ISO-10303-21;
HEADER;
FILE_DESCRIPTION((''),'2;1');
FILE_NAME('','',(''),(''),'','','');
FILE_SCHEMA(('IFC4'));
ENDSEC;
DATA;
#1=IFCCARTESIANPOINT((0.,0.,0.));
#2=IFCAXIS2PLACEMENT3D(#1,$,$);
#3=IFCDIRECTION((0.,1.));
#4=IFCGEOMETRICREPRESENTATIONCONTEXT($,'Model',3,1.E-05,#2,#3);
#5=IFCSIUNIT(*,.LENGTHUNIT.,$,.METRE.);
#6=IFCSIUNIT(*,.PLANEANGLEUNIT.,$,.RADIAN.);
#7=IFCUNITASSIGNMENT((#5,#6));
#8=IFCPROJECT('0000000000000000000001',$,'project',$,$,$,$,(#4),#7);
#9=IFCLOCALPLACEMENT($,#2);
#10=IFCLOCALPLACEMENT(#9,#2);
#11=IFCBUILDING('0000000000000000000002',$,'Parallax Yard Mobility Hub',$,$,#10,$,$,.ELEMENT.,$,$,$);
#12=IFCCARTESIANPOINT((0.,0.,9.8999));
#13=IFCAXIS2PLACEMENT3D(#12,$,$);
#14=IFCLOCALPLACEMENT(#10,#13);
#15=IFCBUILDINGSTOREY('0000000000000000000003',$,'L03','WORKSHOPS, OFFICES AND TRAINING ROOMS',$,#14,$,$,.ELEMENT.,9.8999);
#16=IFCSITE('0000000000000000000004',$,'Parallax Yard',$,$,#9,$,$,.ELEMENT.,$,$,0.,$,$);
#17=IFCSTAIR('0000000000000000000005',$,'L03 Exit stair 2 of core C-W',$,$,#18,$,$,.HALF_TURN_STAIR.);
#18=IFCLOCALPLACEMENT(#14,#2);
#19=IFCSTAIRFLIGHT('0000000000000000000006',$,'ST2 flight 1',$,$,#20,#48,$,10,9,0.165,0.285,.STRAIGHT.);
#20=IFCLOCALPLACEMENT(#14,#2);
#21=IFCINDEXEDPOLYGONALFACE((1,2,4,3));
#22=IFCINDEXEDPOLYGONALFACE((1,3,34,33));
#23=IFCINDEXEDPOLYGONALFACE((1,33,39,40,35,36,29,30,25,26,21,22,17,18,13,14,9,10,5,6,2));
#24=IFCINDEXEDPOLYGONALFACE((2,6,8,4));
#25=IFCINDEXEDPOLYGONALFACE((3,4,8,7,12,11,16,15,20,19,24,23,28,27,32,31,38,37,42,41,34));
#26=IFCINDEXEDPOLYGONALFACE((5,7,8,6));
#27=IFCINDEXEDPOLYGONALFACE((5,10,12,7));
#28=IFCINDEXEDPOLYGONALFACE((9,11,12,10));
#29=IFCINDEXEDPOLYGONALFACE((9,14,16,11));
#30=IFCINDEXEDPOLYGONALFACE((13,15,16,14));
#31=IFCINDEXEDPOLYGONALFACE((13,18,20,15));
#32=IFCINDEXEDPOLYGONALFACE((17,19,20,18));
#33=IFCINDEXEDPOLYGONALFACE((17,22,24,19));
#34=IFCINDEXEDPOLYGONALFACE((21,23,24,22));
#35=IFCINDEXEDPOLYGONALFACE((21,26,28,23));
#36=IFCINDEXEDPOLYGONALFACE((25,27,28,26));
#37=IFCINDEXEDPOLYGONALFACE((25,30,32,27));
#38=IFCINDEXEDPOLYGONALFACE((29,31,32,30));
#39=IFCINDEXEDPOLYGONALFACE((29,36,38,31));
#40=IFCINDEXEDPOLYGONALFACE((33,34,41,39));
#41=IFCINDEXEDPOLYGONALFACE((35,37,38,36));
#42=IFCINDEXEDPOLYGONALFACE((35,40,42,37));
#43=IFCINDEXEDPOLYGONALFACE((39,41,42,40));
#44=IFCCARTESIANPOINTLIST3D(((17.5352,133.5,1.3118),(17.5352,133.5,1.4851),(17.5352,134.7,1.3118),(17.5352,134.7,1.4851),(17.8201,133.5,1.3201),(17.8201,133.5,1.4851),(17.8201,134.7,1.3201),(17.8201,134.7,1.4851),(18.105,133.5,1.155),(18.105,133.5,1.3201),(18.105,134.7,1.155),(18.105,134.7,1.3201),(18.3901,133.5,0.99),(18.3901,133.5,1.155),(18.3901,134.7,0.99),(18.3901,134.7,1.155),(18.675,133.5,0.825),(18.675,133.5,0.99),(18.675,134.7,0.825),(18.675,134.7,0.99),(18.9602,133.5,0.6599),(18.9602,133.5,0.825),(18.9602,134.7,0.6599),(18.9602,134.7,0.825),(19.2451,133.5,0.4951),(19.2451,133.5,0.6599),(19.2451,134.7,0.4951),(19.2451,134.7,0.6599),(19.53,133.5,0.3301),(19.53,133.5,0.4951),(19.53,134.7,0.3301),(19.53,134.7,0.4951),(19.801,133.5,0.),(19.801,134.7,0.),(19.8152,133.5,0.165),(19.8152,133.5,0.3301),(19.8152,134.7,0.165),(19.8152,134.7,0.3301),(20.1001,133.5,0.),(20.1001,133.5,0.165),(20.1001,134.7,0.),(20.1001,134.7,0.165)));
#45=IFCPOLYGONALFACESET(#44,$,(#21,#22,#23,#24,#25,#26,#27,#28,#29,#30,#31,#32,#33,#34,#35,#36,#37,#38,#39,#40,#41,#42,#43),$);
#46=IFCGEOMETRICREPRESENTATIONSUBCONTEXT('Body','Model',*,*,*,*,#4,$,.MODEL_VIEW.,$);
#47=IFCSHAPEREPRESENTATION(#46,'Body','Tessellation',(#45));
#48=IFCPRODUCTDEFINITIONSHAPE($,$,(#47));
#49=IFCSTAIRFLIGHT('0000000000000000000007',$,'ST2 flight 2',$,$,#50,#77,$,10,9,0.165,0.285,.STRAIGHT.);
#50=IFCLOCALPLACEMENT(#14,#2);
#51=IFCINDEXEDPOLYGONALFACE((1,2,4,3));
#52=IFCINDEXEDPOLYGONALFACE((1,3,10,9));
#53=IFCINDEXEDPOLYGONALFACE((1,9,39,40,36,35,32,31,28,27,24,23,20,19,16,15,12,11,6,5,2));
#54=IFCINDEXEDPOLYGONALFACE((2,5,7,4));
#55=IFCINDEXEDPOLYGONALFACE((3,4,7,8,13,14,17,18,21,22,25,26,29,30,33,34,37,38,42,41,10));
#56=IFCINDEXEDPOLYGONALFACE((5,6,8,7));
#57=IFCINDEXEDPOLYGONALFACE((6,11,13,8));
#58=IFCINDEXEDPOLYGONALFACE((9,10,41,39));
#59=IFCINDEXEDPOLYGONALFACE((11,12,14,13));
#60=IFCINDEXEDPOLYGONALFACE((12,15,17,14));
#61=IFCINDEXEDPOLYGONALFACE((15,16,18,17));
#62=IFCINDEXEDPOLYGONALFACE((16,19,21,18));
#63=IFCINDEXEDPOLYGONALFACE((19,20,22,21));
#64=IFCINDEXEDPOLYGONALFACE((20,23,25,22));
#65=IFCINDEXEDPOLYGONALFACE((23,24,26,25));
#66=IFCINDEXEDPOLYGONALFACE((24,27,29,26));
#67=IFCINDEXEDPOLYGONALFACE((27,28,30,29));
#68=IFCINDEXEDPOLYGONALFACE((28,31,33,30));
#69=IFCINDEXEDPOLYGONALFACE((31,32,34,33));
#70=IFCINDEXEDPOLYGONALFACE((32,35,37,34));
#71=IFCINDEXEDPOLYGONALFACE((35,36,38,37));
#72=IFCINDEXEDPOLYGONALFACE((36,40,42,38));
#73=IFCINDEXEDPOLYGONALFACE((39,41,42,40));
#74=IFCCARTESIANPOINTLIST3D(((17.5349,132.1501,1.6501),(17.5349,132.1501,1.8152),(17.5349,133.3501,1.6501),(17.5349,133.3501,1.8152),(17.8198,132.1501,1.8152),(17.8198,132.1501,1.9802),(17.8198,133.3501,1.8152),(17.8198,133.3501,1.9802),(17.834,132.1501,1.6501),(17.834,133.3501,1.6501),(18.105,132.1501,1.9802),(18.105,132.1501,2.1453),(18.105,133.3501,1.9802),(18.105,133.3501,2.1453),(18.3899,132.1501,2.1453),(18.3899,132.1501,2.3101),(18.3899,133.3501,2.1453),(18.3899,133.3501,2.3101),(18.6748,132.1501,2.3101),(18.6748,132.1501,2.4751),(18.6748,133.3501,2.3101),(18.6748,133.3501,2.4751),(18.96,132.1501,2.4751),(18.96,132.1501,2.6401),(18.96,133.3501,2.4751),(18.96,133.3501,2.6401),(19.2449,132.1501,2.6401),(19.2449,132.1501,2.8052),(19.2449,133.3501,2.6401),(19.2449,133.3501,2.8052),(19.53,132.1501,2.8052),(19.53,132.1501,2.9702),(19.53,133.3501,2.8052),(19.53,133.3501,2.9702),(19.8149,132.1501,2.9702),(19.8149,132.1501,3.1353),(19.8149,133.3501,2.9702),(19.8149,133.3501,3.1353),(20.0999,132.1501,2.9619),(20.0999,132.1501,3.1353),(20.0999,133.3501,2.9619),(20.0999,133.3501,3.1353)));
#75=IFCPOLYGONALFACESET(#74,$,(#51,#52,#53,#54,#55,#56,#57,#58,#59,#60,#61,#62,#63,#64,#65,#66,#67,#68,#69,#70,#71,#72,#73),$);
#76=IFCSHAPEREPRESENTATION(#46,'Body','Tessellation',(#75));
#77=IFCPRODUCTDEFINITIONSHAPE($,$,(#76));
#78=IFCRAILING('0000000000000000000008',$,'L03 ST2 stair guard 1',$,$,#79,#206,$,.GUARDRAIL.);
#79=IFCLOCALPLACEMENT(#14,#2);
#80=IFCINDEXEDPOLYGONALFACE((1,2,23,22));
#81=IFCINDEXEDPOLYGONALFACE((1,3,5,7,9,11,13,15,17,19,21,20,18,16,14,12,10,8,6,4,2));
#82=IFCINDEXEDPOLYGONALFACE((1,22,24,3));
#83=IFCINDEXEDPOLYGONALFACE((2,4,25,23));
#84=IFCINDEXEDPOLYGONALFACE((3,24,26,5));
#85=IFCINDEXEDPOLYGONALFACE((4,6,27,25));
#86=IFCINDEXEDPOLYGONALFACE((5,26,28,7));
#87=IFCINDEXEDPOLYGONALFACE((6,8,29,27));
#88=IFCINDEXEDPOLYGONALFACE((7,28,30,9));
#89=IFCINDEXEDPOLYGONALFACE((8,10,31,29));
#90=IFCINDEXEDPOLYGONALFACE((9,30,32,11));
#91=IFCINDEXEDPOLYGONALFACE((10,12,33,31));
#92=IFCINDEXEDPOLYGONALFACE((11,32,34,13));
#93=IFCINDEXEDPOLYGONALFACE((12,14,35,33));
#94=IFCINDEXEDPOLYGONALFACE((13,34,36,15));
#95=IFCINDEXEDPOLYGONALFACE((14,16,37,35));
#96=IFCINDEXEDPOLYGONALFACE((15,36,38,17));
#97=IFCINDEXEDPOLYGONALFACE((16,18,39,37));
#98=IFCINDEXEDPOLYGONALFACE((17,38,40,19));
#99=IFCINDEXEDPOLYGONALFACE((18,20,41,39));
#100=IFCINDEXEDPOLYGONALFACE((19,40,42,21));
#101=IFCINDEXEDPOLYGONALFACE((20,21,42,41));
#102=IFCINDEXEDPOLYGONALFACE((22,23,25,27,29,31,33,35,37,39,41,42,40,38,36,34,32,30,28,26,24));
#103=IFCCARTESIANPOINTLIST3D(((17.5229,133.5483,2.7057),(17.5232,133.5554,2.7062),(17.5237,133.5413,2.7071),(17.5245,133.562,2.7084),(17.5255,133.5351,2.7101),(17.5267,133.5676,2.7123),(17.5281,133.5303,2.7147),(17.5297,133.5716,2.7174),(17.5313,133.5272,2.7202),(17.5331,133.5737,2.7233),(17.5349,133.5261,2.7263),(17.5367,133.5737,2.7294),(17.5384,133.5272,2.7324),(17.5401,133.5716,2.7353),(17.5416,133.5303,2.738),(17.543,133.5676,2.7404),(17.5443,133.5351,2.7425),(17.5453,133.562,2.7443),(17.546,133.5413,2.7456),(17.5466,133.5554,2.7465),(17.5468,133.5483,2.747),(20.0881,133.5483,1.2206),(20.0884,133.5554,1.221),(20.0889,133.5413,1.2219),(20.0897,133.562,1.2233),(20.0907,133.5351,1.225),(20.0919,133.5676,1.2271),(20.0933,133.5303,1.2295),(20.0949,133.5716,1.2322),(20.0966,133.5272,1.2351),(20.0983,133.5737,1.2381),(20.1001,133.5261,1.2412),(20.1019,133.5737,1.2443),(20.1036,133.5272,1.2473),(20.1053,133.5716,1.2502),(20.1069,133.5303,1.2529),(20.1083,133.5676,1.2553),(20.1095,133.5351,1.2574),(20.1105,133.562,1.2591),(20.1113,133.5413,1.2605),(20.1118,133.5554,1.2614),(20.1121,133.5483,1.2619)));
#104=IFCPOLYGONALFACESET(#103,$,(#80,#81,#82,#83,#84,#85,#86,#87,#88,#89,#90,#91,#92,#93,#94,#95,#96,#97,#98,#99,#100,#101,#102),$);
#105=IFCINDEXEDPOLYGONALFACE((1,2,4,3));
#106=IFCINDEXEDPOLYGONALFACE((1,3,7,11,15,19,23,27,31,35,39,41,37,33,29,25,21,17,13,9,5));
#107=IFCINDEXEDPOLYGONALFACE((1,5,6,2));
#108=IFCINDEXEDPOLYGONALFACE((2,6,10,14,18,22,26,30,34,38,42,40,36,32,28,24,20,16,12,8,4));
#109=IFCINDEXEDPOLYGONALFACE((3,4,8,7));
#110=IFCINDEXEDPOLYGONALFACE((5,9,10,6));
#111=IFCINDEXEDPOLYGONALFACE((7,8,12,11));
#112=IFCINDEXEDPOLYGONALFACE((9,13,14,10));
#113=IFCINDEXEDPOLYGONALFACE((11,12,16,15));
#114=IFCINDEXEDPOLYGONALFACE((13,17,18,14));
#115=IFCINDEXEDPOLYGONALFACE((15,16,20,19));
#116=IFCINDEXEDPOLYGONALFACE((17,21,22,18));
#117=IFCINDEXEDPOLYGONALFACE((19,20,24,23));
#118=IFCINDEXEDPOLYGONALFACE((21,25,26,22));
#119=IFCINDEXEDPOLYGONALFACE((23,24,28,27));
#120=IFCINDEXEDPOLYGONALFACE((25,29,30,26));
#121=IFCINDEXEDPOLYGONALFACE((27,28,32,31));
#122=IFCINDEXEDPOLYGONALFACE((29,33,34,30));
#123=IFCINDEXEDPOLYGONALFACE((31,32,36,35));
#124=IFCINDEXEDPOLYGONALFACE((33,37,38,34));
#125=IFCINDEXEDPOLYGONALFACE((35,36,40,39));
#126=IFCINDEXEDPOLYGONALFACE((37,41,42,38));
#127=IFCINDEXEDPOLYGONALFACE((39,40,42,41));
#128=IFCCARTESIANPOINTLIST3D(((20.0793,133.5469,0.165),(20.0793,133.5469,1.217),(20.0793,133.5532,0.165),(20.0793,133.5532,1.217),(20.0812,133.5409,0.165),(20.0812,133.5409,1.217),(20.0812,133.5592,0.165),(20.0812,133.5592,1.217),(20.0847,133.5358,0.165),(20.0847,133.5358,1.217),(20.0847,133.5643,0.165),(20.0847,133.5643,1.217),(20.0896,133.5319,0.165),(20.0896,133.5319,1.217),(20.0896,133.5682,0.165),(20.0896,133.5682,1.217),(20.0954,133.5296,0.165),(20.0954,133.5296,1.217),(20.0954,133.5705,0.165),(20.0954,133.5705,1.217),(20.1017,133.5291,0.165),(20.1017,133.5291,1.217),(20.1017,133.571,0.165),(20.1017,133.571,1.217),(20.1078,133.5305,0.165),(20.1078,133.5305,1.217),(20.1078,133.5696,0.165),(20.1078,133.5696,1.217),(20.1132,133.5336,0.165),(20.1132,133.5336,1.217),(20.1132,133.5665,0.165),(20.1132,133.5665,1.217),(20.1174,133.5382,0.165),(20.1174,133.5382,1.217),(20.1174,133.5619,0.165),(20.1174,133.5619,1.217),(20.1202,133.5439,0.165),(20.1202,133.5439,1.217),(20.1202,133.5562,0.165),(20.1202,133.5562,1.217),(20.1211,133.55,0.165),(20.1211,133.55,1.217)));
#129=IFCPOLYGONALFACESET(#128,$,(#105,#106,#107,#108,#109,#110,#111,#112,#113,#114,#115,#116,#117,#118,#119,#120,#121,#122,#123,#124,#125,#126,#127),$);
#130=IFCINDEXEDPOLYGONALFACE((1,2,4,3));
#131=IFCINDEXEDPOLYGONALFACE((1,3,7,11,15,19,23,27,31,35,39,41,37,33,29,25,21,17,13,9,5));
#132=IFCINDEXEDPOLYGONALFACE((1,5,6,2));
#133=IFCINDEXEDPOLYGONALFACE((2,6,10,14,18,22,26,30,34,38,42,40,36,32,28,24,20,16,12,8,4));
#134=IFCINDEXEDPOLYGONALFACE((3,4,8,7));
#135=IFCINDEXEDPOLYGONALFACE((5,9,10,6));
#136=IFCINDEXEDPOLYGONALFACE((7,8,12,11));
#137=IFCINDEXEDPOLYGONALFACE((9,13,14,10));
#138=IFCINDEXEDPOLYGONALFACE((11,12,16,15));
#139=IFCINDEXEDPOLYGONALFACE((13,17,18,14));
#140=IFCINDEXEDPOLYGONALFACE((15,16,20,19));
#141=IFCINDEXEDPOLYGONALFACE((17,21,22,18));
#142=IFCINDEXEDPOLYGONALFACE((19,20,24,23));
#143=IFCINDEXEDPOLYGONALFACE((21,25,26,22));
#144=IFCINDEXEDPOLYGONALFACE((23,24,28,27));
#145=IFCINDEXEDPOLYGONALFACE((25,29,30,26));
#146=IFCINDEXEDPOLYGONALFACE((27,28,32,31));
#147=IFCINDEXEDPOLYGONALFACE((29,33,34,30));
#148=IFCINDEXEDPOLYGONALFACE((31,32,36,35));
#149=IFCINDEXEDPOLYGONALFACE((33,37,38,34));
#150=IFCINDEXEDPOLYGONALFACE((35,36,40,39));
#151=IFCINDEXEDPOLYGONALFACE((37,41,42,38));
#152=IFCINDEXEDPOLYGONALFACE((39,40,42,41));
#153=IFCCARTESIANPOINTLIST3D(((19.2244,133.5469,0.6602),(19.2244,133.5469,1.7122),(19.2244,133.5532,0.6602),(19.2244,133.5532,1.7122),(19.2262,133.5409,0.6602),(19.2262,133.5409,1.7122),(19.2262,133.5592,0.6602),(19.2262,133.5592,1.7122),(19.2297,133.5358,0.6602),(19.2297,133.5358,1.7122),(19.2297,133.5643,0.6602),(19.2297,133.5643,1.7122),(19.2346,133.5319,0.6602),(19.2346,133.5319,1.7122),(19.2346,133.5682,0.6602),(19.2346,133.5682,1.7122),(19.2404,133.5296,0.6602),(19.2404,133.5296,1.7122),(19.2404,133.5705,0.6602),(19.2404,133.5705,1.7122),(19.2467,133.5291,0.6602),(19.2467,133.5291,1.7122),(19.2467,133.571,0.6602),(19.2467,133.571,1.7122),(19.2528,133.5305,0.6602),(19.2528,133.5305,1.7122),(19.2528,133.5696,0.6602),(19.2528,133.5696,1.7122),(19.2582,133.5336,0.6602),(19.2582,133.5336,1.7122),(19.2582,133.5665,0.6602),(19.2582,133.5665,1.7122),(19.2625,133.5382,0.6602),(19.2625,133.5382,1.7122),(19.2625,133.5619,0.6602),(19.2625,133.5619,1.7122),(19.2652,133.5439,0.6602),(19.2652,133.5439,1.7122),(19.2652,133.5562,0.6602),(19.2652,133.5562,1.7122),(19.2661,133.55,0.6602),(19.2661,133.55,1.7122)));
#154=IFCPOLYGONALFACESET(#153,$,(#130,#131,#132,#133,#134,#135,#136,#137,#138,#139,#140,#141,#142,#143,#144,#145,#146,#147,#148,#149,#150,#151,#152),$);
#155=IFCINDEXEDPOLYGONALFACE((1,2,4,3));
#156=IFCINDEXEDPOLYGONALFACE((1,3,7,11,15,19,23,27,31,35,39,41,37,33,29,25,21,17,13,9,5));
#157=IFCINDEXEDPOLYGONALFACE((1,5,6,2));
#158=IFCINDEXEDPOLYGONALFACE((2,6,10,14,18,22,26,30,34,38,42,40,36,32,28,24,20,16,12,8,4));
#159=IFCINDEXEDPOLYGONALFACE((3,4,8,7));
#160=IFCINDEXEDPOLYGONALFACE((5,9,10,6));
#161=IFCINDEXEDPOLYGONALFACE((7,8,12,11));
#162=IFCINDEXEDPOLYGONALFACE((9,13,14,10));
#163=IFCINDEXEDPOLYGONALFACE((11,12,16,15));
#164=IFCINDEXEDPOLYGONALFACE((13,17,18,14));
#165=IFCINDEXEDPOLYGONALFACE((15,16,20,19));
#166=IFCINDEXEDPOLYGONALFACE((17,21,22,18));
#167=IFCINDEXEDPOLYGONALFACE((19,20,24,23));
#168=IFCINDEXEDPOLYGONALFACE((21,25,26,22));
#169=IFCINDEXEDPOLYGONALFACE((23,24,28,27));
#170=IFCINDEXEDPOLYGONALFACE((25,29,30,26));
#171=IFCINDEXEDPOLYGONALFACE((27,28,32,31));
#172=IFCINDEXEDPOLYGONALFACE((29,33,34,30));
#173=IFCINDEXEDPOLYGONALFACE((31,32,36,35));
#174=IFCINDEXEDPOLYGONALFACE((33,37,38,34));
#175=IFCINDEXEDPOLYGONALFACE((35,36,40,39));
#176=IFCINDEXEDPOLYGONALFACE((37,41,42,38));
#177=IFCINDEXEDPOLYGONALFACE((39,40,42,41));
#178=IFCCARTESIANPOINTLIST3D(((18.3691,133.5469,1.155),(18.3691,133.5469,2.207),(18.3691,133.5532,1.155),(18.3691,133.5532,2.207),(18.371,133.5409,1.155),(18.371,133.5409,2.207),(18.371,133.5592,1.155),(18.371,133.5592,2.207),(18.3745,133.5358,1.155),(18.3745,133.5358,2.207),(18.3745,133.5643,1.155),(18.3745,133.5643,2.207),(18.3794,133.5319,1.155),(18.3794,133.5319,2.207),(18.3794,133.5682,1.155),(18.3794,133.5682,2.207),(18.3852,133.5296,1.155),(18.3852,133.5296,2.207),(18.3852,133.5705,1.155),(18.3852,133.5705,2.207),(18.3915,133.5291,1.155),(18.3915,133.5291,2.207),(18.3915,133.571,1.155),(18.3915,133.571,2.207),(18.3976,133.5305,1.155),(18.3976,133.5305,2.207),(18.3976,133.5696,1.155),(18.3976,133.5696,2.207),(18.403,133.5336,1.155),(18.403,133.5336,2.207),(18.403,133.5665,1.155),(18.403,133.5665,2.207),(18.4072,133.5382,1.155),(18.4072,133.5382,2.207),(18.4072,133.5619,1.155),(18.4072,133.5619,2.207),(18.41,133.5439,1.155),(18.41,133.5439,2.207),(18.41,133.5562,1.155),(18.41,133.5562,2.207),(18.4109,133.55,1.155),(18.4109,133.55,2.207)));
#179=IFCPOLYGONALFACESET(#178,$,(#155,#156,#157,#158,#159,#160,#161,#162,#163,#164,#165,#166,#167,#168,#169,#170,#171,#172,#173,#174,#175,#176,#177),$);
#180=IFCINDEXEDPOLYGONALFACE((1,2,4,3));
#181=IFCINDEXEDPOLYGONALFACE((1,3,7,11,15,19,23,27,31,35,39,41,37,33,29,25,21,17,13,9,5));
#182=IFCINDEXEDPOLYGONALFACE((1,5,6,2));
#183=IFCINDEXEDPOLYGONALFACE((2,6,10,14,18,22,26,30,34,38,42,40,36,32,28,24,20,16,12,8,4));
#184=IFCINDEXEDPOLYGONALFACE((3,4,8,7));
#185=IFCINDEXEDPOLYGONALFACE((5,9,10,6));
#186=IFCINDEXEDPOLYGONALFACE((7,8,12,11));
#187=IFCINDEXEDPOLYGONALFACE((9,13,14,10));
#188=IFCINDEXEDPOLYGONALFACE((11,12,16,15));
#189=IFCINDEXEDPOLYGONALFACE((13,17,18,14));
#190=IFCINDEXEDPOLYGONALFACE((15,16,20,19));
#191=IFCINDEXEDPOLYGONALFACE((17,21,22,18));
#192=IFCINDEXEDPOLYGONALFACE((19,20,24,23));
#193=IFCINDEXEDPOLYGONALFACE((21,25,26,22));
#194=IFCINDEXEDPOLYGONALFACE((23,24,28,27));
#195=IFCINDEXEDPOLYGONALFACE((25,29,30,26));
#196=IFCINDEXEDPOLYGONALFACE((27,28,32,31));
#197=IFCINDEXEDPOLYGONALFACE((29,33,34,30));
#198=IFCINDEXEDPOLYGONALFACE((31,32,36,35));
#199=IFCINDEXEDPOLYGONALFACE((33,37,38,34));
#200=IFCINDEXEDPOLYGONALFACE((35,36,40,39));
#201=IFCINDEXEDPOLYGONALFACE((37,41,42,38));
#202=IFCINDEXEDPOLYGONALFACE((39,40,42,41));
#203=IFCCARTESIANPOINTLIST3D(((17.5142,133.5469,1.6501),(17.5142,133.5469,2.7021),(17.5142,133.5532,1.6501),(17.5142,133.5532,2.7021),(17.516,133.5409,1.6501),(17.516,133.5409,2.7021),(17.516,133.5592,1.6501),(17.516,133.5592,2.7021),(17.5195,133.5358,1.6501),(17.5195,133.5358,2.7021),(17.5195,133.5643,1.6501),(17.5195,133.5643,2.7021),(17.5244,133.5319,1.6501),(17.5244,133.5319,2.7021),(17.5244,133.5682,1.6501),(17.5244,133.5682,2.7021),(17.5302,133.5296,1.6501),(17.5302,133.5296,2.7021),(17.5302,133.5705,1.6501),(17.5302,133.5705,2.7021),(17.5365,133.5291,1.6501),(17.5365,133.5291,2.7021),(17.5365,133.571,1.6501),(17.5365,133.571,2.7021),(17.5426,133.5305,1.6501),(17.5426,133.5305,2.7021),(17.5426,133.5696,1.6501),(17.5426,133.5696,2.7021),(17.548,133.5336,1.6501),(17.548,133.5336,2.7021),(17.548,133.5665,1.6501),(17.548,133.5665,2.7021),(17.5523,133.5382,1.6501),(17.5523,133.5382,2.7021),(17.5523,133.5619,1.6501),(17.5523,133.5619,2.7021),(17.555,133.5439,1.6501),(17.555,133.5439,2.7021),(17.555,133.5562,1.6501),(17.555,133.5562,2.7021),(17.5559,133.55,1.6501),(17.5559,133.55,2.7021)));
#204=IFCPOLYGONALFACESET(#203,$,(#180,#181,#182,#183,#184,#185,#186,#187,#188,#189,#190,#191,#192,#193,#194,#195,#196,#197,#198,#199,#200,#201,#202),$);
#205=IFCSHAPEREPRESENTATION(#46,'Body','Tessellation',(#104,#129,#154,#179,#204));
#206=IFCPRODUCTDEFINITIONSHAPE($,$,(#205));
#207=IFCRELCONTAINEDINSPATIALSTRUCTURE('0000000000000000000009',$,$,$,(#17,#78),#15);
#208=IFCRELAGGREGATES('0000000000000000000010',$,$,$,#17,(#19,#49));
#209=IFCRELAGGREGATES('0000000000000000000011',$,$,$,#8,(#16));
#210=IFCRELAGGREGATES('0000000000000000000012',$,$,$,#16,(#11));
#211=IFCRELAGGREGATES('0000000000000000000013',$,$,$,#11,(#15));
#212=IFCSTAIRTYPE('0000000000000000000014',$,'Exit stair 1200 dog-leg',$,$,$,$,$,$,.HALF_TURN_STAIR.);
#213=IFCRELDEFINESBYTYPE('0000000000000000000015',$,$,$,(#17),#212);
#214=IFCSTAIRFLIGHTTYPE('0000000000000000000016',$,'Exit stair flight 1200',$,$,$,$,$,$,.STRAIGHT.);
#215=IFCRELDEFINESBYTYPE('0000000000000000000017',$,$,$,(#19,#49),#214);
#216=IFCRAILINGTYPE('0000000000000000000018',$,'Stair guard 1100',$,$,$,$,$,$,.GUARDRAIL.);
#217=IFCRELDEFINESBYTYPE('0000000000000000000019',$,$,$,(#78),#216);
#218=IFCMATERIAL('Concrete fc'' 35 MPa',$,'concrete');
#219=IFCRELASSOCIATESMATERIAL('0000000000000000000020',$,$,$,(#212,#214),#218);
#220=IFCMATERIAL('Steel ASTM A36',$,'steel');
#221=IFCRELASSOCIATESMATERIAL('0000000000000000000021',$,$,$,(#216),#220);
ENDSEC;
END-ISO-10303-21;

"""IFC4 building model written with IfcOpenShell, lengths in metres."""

from ifc_helpers import new_model, si_unit, direction, frame, origin, origin_2d, place, context, subcontext, project, spatial, polyline, circle, outline, extrude, material, type_object, element, aggregate, save


model = new_model("IFC4")

# Units and contexts
model_context = context("Model", 3, precision=1e-05, world=origin(), true_north=direction((0.0, 1.0)))
body_context = subcontext(model_context, "Body", "Model", "MODEL_VIEW")
ifc_project = project(units=[si_unit("LENGTHUNIT", "METRE"), si_unit("PLANEANGLEUNIT", "RADIAN")], contexts=[model_context])

# Site, building, storey
site_placement = place(None, origin())
site = spatial("IfcSite", under=ifc_project, at=site_placement, Name="Parallax Yard", CompositionType="ELEMENT", RefElevation=0.0)
building_placement = place(site_placement, origin())
building = spatial("IfcBuilding", under=site, at=building_placement, Name="Parallax Yard Mobility Hub", CompositionType="ELEMENT")
storey_placement = place(building_placement, frame((0.0, 0.0, 9.8999)))
storey = spatial("IfcBuildingStorey", under=building, at=storey_placement, Name="L03", Description="WORKSHOPS, OFFICES AND TRAINING ROOMS", CompositionType="ELEMENT", Elevation=9.8999)

# Shared definitions
ifc_material_1 = material(Name="Concrete fc' 35 MPa", Category="concrete")

# Stair, stair flights
stair_type = type_object("IfcStairType", Name="Exit stair 1200 dog-leg", PredefinedType="HALF_TURN_STAIR", material=ifc_material_1)
stair_placement = place(storey_placement, origin())
stair = element("IfcStair", 1, at=stair_placement, inside=storey, type_object=stair_type, Name="L03 Exit stair 2 of core C-W", PredefinedType="HALF_TURN_STAIR")
stair_flight_type = type_object("IfcStairFlightType", Name="Exit stair flight 1200", PredefinedType="STRAIGHT", material=ifc_material_1)
stair_flight_1_placement = place(storey_placement, frame((20.1001, 134.1001, 0.0), z_axis=(0.0, 0.0, 1.0), x_axis=(-1.0, 0.0, 0.0)))
stair_flight_1 = element("IfcStairFlight", 2, at=stair_flight_1_placement, type_object=stair_flight_type, Name="ST2 flight 1", NumberOfRisers=10, NumberOfTreads=9, PredefinedType="STRAIGHT", RiserHeight=0.165, TreadLength=0.285, context=body_context, shape_type="SweptSolid", body=[
    extrude(outline(polyline([(0.0, 0.0), (0.0, 0.165), (0.2849, 0.165), (0.2849, 0.3301), (0.5701, 0.3301), (0.5701, 0.4951), (0.855, 0.4951), (0.855, 0.6599), (1.1399, 0.6599), (1.1399, 0.825), (1.425, 0.825), (1.425, 0.99), (1.71, 0.99), (1.71, 1.155), (1.9951, 1.155), (1.9951, 1.3201), (2.28, 1.3201), (2.28, 1.4851), (2.5649, 1.4851), (2.5649, 1.6499), (2.5649, 1.3118), (0.2991, 0.0), (0.0, 0.0)])), frame((0.0, 0.6001, 0.0), z_axis=(0.0, -1.0, 0.0), x_axis=(1.0, 0.0, 0.0)), (0.0, 0.0, 1.0), 1.2),
])
stair_flight_2_placement = place(storey_placement, frame((17.5349, 132.75, 1.6501), z_axis=(0.0, 0.0, 1.0), x_axis=(1.0, 0.0, 0.0)))
stair_flight_2 = element("IfcStairFlight", 3, at=stair_flight_2_placement, type_object=stair_flight_type, Name="ST2 flight 2", NumberOfRisers=10, NumberOfTreads=9, PredefinedType="STRAIGHT", RiserHeight=0.165, TreadLength=0.285, context=body_context, shape_type="SweptSolid", body=[
    extrude(outline(polyline([(0.0, 0.0), (0.0, 0.165), (0.2849, 0.165), (0.2849, 0.3301), (0.5701, 0.3301), (0.5701, 0.4951), (0.855, 0.4951), (0.855, 0.6599), (1.1399, 0.6599), (1.1399, 0.825), (1.425, 0.825), (1.425, 0.99), (1.71, 0.99), (1.71, 1.155), (1.9951, 1.155), (1.9951, 1.3201), (2.28, 1.3201), (2.28, 1.4851), (2.5649, 1.4851), (2.5649, 1.6499), (2.5649, 1.3118), (0.2991, 0.0), (0.0, 0.0)])), frame((0.0, 0.6001, 0.0), z_axis=(0.0, -1.0, 0.0), x_axis=(1.0, 0.0, 0.0)), (0.0, 0.0, 1.0), 1.2),
])
aggregate(stair, [stair_flight_1, stair_flight_2])

# Railing
ifc_material_2 = material(Name="Steel ASTM A36", Category="steel")
railing_type_1 = type_object("IfcRailingType", Name="Stair guard 1100", PredefinedType="GUARDRAIL", material=ifc_material_2)
railing_1_placement = place(storey_placement, frame((20.1001, 133.55, 0.165)))
element("IfcRailing", 4, at=railing_1_placement, inside=storey, type_object=railing_type_1, Name="L03 ST2 stair guard 1", PredefinedType="GUARDRAIL", context=body_context, shape_type="SweptSolid", body=[
    extrude(circle(Radius=0.0239, at=origin_2d()), frame((0.0, 0.0, 1.0762), z_axis=(-0.865426, 0.0, 0.501036), x_axis=(0.0, -1.0, 0.0)), (0.0, 0.0, 1.0), 2.9641),
    extrude(circle(Radius=0.021, at=origin_2d()), origin(), (0.0, 0.0, 1.0), 1.052),
    extrude(circle(Radius=0.021, at=origin_2d()), frame((-0.855, 0.0, 0.4951)), (0.0, 0.0, 1.0), 1.052),
    extrude(circle(Radius=0.021, at=origin_2d()), frame((-1.7102, 0.0, 0.99)), (0.0, 0.0, 1.0), 1.052),
    extrude(circle(Radius=0.021, at=origin_2d()), frame((-2.5652, 0.0, 1.4851)), (0.0, 0.0, 1.0), 1.052),
])

save(model, "model.ifc")
